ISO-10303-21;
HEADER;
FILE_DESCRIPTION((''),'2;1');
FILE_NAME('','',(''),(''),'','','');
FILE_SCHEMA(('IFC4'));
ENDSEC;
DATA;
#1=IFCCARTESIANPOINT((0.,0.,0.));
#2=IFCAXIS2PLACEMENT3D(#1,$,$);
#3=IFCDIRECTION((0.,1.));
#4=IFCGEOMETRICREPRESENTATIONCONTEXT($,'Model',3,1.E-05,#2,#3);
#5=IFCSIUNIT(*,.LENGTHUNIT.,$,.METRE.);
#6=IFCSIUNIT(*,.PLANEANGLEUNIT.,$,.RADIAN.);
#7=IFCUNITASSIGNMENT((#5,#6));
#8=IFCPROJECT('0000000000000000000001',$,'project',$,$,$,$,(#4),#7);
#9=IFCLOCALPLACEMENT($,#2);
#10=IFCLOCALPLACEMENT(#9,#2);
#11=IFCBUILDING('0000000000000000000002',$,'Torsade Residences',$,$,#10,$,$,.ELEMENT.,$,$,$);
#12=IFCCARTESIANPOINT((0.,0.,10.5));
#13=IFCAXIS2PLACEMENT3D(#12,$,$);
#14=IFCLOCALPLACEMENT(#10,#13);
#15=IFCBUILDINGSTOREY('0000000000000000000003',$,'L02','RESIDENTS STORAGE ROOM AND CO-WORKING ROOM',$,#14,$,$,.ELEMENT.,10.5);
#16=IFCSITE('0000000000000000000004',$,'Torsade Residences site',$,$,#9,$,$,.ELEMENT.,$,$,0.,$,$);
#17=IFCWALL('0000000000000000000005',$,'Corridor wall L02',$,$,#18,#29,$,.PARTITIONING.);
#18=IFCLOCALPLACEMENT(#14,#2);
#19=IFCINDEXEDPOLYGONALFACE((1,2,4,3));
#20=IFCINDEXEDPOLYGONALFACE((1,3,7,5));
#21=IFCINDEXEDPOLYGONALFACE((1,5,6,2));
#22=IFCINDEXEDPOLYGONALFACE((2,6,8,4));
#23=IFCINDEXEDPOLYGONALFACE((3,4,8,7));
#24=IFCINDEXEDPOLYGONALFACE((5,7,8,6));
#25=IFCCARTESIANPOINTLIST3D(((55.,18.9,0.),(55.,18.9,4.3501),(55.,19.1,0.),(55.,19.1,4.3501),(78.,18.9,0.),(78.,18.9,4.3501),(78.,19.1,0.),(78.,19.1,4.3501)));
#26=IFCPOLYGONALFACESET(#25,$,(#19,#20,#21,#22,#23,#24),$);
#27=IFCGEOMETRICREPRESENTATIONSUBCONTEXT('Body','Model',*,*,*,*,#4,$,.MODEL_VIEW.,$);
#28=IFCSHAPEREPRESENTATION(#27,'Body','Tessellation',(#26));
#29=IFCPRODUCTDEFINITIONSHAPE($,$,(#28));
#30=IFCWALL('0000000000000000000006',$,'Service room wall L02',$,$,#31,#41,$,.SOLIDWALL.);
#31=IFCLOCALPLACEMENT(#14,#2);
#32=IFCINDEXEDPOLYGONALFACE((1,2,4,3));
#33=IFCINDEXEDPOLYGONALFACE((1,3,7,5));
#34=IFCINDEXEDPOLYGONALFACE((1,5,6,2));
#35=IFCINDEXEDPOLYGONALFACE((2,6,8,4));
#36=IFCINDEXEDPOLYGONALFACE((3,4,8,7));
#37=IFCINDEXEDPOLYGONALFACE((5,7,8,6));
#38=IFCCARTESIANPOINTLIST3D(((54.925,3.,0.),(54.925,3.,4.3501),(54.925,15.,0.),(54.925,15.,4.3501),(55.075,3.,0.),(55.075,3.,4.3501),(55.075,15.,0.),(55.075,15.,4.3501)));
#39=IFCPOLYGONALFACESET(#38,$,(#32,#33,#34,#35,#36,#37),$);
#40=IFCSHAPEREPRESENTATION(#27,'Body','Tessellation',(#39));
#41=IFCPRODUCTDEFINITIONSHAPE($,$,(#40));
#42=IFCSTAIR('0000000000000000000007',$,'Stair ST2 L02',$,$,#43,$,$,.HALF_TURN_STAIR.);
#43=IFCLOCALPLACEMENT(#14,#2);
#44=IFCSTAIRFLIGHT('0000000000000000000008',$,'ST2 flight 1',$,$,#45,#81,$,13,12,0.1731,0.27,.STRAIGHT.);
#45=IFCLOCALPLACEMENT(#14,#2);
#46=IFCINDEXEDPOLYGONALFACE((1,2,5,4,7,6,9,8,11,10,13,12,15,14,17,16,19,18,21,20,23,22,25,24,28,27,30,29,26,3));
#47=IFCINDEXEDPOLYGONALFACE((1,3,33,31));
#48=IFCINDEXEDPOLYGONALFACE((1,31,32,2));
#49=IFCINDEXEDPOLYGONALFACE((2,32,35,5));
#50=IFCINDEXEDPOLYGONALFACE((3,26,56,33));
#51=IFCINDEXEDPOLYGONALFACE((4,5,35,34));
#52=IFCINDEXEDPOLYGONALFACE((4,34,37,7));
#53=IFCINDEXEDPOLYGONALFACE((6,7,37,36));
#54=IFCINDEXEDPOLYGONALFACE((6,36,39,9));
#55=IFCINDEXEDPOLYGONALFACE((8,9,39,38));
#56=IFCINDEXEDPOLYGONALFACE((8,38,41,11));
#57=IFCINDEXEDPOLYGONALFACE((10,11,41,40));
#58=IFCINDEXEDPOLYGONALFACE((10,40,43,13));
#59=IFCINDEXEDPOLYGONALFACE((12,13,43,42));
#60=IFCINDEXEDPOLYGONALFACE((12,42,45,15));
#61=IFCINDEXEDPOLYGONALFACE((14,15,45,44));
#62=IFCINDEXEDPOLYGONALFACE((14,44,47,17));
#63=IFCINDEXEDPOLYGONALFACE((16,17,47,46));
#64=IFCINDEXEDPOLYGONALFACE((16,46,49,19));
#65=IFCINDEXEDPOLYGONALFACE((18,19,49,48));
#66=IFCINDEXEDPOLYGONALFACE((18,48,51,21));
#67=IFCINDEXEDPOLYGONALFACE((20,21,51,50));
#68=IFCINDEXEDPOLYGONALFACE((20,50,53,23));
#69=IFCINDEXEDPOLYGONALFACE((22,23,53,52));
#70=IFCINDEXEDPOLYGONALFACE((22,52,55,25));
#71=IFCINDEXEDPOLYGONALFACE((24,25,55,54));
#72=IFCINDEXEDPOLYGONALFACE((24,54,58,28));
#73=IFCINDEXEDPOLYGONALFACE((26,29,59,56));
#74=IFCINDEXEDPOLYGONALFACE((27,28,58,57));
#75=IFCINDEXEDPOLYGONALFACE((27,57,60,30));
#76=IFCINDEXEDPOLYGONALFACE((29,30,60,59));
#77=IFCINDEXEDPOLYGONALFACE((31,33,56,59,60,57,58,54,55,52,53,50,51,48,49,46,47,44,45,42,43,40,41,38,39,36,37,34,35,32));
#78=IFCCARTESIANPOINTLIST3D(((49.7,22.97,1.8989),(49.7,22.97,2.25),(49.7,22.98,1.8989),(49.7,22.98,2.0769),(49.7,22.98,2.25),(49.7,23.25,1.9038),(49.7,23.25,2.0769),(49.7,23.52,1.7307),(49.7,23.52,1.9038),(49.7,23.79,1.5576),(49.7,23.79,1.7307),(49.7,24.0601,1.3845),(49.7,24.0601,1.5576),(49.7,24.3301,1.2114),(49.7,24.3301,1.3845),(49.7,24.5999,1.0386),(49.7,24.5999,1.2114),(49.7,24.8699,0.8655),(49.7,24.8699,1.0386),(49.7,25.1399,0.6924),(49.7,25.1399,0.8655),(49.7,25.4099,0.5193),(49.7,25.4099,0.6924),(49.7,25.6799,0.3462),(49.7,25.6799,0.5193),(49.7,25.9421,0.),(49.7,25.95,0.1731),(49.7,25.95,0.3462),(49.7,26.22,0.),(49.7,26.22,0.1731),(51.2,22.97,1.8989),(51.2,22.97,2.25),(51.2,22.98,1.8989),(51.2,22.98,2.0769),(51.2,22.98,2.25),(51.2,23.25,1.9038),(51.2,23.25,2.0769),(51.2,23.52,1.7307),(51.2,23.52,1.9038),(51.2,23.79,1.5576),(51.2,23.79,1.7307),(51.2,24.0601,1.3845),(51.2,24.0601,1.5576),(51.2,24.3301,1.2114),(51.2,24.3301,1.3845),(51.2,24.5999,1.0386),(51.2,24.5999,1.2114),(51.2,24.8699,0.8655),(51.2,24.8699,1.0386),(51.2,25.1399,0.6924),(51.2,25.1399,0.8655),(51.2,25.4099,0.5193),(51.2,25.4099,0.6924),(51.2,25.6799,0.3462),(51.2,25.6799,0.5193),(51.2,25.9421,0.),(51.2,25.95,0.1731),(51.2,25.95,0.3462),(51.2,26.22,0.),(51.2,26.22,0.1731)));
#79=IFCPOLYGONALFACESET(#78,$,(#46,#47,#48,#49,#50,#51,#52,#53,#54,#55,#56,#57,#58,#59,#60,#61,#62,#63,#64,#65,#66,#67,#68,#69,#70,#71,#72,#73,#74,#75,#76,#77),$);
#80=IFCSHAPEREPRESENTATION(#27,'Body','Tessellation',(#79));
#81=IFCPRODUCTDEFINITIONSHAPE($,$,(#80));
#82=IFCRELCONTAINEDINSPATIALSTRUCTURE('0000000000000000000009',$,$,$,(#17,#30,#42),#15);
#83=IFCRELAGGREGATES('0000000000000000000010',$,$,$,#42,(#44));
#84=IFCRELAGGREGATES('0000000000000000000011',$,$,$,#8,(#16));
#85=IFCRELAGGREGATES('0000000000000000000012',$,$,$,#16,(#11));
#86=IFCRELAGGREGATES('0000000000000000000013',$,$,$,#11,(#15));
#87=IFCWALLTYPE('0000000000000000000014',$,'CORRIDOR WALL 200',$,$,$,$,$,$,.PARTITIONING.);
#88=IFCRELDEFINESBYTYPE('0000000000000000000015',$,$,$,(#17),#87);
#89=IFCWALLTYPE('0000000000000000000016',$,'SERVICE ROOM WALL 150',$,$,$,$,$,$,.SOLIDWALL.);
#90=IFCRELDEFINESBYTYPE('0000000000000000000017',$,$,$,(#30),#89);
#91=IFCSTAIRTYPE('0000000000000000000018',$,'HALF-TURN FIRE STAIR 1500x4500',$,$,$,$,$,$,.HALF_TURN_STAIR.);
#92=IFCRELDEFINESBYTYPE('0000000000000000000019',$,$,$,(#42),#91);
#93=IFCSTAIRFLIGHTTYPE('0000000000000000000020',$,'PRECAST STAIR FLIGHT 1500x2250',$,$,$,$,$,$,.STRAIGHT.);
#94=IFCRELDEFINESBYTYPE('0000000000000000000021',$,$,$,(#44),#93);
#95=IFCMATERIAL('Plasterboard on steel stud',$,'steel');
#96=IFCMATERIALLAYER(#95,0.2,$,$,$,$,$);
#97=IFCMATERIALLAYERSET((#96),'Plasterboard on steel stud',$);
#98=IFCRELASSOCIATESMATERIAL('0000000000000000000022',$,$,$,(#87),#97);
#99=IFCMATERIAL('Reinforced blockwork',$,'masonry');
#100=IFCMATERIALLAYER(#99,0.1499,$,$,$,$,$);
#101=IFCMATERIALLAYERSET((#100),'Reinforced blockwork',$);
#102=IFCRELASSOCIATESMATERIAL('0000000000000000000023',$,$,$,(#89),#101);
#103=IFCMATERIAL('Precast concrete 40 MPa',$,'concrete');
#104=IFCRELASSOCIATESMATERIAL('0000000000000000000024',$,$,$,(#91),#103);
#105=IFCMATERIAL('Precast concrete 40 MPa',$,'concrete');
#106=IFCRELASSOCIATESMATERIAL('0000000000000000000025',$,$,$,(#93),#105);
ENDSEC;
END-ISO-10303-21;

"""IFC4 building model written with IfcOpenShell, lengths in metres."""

from ifc_helpers import new_model, si_unit, direction, frame, frame_2d, origin, place, context, subcontext, project, spatial, polyline, rectangle, outline, extrude, material, layer, layer_set, type_object, element, aggregate, save


model = new_model("IFC4")

# Units and contexts
model_context = context("Model", 3, precision=1e-05, world=origin(), true_north=direction((0.0, 1.0)))
body_context = subcontext(model_context, "Body", "Model", "MODEL_VIEW")
ifc_project = project(units=[si_unit("LENGTHUNIT", "METRE"), si_unit("PLANEANGLEUNIT", "RADIAN")], contexts=[model_context])

# Site, building, storey
site_placement = place(None, origin())
site = spatial("IfcSite", under=ifc_project, at=site_placement, Name="Torsade Residences site", CompositionType="ELEMENT", RefElevation=0.0)
building_placement = place(site_placement, origin())
building = spatial("IfcBuilding", under=site, at=building_placement, Name="Torsade Residences", CompositionType="ELEMENT")
storey_placement = place(building_placement, frame((0.0, 0.0, 10.5)))
storey = spatial("IfcBuildingStorey", under=building, at=storey_placement, Name="L02", Description="RESIDENTS STORAGE ROOM AND CO-WORKING ROOM", CompositionType="ELEMENT", Elevation=10.5)

# Walls
ifc_material_1 = material(Name="Plasterboard on steel stud", Category="steel")
ifc_layer_1 = layer(ifc_material_1, 0.2)
ifc_layer_set_1 = layer_set([ifc_layer_1], Name="Plasterboard on steel stud")
wall_type_1 = type_object("IfcWallType", Name="CORRIDOR WALL 200", PredefinedType="PARTITIONING", material=ifc_layer_set_1)
wall_1_placement = place(storey_placement, frame((55.0, 19.0, 0.0), z_axis=(0.0, 0.0, 1.0), x_axis=(1.0, 0.0, 0.0)))
element("IfcWall", 1, at=wall_1_placement, inside=storey, type_object=wall_type_1, Name="Corridor wall L02", PredefinedType="PARTITIONING", context=body_context, shape_type="SweptSolid", body=[
    extrude(rectangle(XDim=23.0, YDim=0.2, at=frame_2d((11.5, 0.0))), origin(), (0.0, 0.0, 1.0), 4.3501),
])
ifc_material_2 = material(Name="Reinforced blockwork", Category="masonry")
ifc_layer_2 = layer(ifc_material_2, 0.1499)
ifc_layer_set_2 = layer_set([ifc_layer_2], Name="Reinforced blockwork")
wall_type_2 = type_object("IfcWallType", Name="SERVICE ROOM WALL 150", PredefinedType="SOLIDWALL", material=ifc_layer_set_2)
wall_2_placement = place(storey_placement, frame((55.0, 15.0, 0.0), z_axis=(0.0, 0.0, 1.0), x_axis=(0.0, -1.0, 0.0)))
element("IfcWall", 2, at=wall_2_placement, inside=storey, type_object=wall_type_2, Name="Service room wall L02", PredefinedType="SOLIDWALL", context=body_context, shape_type="SweptSolid", body=[
    extrude(rectangle(XDim=12.0, YDim=0.1499, at=frame_2d((6.0, 0.0))), origin(), (0.0, 0.0, 1.0), 4.3501),
])

# Stair, stair flight
ifc_material_3 = material(Name="Precast concrete 40 MPa", Category="concrete")
stair_type = type_object("IfcStairType", Name="HALF-TURN FIRE STAIR 1500x4500", PredefinedType="HALF_TURN_STAIR", material=ifc_material_3)
stair_placement = place(storey_placement, origin())
stair = element("IfcStair", 3, at=stair_placement, inside=storey, type_object=stair_type, Name="Stair ST2 L02", PredefinedType="HALF_TURN_STAIR")
ifc_material_4 = material(Name="Precast concrete 40 MPa", Category="concrete")
stair_flight_type = type_object("IfcStairFlightType", Name="PRECAST STAIR FLIGHT 1500x2250", PredefinedType="STRAIGHT", material=ifc_material_4)
stair_flight_placement = place(storey_placement, frame((50.45, 26.22, 0.0), z_axis=(0.0, 0.0, 1.0), x_axis=(0.0, -1.0, 0.0)))
stair_flight = element("IfcStairFlight", 4, at=stair_flight_placement, type_object=stair_flight_type, Name="ST2 flight 1", NumberOfRisers=13, NumberOfTreads=12, PredefinedType="STRAIGHT", RiserHeight=0.1731, TreadLength=0.27, context=body_context, shape_type="SweptSolid", body=[
    extrude(outline(polyline([(0.0, 0.0), (0.0, 0.1731), (0.27, 0.1731), (0.27, 0.3462), (0.54, 0.3462), (0.54, 0.5193), (0.8101, 0.5193), (0.8101, 0.6924), (1.0801, 0.6924), (1.0801, 0.8655), (1.3501, 0.8655), (1.3501, 1.0386), (1.6201, 1.0386), (1.6201, 1.2114), (1.8899, 1.2114), (1.8899, 1.3845), (2.1599, 1.3845), (2.1599, 1.5576), (2.4299, 1.5576), (2.4299, 1.7307), (2.7, 1.7307), (2.7, 1.9038), (2.97, 1.9038), (2.97, 2.0769), (3.24, 2.0769), (3.24, 2.25), (3.25, 2.25), (3.25, 1.8989), (3.24, 1.8989), (0.2778, 0.0), (0.0, 0.0)])), frame((0.0, 0.75, 0.0), z_axis=(0.0, -1.0, 0.0), x_axis=(1.0, 0.0, 0.0)), (0.0, 0.0, 1.0), 1.5),
])
aggregate(stair, [stair_flight])

save(model, "model.ifc")
